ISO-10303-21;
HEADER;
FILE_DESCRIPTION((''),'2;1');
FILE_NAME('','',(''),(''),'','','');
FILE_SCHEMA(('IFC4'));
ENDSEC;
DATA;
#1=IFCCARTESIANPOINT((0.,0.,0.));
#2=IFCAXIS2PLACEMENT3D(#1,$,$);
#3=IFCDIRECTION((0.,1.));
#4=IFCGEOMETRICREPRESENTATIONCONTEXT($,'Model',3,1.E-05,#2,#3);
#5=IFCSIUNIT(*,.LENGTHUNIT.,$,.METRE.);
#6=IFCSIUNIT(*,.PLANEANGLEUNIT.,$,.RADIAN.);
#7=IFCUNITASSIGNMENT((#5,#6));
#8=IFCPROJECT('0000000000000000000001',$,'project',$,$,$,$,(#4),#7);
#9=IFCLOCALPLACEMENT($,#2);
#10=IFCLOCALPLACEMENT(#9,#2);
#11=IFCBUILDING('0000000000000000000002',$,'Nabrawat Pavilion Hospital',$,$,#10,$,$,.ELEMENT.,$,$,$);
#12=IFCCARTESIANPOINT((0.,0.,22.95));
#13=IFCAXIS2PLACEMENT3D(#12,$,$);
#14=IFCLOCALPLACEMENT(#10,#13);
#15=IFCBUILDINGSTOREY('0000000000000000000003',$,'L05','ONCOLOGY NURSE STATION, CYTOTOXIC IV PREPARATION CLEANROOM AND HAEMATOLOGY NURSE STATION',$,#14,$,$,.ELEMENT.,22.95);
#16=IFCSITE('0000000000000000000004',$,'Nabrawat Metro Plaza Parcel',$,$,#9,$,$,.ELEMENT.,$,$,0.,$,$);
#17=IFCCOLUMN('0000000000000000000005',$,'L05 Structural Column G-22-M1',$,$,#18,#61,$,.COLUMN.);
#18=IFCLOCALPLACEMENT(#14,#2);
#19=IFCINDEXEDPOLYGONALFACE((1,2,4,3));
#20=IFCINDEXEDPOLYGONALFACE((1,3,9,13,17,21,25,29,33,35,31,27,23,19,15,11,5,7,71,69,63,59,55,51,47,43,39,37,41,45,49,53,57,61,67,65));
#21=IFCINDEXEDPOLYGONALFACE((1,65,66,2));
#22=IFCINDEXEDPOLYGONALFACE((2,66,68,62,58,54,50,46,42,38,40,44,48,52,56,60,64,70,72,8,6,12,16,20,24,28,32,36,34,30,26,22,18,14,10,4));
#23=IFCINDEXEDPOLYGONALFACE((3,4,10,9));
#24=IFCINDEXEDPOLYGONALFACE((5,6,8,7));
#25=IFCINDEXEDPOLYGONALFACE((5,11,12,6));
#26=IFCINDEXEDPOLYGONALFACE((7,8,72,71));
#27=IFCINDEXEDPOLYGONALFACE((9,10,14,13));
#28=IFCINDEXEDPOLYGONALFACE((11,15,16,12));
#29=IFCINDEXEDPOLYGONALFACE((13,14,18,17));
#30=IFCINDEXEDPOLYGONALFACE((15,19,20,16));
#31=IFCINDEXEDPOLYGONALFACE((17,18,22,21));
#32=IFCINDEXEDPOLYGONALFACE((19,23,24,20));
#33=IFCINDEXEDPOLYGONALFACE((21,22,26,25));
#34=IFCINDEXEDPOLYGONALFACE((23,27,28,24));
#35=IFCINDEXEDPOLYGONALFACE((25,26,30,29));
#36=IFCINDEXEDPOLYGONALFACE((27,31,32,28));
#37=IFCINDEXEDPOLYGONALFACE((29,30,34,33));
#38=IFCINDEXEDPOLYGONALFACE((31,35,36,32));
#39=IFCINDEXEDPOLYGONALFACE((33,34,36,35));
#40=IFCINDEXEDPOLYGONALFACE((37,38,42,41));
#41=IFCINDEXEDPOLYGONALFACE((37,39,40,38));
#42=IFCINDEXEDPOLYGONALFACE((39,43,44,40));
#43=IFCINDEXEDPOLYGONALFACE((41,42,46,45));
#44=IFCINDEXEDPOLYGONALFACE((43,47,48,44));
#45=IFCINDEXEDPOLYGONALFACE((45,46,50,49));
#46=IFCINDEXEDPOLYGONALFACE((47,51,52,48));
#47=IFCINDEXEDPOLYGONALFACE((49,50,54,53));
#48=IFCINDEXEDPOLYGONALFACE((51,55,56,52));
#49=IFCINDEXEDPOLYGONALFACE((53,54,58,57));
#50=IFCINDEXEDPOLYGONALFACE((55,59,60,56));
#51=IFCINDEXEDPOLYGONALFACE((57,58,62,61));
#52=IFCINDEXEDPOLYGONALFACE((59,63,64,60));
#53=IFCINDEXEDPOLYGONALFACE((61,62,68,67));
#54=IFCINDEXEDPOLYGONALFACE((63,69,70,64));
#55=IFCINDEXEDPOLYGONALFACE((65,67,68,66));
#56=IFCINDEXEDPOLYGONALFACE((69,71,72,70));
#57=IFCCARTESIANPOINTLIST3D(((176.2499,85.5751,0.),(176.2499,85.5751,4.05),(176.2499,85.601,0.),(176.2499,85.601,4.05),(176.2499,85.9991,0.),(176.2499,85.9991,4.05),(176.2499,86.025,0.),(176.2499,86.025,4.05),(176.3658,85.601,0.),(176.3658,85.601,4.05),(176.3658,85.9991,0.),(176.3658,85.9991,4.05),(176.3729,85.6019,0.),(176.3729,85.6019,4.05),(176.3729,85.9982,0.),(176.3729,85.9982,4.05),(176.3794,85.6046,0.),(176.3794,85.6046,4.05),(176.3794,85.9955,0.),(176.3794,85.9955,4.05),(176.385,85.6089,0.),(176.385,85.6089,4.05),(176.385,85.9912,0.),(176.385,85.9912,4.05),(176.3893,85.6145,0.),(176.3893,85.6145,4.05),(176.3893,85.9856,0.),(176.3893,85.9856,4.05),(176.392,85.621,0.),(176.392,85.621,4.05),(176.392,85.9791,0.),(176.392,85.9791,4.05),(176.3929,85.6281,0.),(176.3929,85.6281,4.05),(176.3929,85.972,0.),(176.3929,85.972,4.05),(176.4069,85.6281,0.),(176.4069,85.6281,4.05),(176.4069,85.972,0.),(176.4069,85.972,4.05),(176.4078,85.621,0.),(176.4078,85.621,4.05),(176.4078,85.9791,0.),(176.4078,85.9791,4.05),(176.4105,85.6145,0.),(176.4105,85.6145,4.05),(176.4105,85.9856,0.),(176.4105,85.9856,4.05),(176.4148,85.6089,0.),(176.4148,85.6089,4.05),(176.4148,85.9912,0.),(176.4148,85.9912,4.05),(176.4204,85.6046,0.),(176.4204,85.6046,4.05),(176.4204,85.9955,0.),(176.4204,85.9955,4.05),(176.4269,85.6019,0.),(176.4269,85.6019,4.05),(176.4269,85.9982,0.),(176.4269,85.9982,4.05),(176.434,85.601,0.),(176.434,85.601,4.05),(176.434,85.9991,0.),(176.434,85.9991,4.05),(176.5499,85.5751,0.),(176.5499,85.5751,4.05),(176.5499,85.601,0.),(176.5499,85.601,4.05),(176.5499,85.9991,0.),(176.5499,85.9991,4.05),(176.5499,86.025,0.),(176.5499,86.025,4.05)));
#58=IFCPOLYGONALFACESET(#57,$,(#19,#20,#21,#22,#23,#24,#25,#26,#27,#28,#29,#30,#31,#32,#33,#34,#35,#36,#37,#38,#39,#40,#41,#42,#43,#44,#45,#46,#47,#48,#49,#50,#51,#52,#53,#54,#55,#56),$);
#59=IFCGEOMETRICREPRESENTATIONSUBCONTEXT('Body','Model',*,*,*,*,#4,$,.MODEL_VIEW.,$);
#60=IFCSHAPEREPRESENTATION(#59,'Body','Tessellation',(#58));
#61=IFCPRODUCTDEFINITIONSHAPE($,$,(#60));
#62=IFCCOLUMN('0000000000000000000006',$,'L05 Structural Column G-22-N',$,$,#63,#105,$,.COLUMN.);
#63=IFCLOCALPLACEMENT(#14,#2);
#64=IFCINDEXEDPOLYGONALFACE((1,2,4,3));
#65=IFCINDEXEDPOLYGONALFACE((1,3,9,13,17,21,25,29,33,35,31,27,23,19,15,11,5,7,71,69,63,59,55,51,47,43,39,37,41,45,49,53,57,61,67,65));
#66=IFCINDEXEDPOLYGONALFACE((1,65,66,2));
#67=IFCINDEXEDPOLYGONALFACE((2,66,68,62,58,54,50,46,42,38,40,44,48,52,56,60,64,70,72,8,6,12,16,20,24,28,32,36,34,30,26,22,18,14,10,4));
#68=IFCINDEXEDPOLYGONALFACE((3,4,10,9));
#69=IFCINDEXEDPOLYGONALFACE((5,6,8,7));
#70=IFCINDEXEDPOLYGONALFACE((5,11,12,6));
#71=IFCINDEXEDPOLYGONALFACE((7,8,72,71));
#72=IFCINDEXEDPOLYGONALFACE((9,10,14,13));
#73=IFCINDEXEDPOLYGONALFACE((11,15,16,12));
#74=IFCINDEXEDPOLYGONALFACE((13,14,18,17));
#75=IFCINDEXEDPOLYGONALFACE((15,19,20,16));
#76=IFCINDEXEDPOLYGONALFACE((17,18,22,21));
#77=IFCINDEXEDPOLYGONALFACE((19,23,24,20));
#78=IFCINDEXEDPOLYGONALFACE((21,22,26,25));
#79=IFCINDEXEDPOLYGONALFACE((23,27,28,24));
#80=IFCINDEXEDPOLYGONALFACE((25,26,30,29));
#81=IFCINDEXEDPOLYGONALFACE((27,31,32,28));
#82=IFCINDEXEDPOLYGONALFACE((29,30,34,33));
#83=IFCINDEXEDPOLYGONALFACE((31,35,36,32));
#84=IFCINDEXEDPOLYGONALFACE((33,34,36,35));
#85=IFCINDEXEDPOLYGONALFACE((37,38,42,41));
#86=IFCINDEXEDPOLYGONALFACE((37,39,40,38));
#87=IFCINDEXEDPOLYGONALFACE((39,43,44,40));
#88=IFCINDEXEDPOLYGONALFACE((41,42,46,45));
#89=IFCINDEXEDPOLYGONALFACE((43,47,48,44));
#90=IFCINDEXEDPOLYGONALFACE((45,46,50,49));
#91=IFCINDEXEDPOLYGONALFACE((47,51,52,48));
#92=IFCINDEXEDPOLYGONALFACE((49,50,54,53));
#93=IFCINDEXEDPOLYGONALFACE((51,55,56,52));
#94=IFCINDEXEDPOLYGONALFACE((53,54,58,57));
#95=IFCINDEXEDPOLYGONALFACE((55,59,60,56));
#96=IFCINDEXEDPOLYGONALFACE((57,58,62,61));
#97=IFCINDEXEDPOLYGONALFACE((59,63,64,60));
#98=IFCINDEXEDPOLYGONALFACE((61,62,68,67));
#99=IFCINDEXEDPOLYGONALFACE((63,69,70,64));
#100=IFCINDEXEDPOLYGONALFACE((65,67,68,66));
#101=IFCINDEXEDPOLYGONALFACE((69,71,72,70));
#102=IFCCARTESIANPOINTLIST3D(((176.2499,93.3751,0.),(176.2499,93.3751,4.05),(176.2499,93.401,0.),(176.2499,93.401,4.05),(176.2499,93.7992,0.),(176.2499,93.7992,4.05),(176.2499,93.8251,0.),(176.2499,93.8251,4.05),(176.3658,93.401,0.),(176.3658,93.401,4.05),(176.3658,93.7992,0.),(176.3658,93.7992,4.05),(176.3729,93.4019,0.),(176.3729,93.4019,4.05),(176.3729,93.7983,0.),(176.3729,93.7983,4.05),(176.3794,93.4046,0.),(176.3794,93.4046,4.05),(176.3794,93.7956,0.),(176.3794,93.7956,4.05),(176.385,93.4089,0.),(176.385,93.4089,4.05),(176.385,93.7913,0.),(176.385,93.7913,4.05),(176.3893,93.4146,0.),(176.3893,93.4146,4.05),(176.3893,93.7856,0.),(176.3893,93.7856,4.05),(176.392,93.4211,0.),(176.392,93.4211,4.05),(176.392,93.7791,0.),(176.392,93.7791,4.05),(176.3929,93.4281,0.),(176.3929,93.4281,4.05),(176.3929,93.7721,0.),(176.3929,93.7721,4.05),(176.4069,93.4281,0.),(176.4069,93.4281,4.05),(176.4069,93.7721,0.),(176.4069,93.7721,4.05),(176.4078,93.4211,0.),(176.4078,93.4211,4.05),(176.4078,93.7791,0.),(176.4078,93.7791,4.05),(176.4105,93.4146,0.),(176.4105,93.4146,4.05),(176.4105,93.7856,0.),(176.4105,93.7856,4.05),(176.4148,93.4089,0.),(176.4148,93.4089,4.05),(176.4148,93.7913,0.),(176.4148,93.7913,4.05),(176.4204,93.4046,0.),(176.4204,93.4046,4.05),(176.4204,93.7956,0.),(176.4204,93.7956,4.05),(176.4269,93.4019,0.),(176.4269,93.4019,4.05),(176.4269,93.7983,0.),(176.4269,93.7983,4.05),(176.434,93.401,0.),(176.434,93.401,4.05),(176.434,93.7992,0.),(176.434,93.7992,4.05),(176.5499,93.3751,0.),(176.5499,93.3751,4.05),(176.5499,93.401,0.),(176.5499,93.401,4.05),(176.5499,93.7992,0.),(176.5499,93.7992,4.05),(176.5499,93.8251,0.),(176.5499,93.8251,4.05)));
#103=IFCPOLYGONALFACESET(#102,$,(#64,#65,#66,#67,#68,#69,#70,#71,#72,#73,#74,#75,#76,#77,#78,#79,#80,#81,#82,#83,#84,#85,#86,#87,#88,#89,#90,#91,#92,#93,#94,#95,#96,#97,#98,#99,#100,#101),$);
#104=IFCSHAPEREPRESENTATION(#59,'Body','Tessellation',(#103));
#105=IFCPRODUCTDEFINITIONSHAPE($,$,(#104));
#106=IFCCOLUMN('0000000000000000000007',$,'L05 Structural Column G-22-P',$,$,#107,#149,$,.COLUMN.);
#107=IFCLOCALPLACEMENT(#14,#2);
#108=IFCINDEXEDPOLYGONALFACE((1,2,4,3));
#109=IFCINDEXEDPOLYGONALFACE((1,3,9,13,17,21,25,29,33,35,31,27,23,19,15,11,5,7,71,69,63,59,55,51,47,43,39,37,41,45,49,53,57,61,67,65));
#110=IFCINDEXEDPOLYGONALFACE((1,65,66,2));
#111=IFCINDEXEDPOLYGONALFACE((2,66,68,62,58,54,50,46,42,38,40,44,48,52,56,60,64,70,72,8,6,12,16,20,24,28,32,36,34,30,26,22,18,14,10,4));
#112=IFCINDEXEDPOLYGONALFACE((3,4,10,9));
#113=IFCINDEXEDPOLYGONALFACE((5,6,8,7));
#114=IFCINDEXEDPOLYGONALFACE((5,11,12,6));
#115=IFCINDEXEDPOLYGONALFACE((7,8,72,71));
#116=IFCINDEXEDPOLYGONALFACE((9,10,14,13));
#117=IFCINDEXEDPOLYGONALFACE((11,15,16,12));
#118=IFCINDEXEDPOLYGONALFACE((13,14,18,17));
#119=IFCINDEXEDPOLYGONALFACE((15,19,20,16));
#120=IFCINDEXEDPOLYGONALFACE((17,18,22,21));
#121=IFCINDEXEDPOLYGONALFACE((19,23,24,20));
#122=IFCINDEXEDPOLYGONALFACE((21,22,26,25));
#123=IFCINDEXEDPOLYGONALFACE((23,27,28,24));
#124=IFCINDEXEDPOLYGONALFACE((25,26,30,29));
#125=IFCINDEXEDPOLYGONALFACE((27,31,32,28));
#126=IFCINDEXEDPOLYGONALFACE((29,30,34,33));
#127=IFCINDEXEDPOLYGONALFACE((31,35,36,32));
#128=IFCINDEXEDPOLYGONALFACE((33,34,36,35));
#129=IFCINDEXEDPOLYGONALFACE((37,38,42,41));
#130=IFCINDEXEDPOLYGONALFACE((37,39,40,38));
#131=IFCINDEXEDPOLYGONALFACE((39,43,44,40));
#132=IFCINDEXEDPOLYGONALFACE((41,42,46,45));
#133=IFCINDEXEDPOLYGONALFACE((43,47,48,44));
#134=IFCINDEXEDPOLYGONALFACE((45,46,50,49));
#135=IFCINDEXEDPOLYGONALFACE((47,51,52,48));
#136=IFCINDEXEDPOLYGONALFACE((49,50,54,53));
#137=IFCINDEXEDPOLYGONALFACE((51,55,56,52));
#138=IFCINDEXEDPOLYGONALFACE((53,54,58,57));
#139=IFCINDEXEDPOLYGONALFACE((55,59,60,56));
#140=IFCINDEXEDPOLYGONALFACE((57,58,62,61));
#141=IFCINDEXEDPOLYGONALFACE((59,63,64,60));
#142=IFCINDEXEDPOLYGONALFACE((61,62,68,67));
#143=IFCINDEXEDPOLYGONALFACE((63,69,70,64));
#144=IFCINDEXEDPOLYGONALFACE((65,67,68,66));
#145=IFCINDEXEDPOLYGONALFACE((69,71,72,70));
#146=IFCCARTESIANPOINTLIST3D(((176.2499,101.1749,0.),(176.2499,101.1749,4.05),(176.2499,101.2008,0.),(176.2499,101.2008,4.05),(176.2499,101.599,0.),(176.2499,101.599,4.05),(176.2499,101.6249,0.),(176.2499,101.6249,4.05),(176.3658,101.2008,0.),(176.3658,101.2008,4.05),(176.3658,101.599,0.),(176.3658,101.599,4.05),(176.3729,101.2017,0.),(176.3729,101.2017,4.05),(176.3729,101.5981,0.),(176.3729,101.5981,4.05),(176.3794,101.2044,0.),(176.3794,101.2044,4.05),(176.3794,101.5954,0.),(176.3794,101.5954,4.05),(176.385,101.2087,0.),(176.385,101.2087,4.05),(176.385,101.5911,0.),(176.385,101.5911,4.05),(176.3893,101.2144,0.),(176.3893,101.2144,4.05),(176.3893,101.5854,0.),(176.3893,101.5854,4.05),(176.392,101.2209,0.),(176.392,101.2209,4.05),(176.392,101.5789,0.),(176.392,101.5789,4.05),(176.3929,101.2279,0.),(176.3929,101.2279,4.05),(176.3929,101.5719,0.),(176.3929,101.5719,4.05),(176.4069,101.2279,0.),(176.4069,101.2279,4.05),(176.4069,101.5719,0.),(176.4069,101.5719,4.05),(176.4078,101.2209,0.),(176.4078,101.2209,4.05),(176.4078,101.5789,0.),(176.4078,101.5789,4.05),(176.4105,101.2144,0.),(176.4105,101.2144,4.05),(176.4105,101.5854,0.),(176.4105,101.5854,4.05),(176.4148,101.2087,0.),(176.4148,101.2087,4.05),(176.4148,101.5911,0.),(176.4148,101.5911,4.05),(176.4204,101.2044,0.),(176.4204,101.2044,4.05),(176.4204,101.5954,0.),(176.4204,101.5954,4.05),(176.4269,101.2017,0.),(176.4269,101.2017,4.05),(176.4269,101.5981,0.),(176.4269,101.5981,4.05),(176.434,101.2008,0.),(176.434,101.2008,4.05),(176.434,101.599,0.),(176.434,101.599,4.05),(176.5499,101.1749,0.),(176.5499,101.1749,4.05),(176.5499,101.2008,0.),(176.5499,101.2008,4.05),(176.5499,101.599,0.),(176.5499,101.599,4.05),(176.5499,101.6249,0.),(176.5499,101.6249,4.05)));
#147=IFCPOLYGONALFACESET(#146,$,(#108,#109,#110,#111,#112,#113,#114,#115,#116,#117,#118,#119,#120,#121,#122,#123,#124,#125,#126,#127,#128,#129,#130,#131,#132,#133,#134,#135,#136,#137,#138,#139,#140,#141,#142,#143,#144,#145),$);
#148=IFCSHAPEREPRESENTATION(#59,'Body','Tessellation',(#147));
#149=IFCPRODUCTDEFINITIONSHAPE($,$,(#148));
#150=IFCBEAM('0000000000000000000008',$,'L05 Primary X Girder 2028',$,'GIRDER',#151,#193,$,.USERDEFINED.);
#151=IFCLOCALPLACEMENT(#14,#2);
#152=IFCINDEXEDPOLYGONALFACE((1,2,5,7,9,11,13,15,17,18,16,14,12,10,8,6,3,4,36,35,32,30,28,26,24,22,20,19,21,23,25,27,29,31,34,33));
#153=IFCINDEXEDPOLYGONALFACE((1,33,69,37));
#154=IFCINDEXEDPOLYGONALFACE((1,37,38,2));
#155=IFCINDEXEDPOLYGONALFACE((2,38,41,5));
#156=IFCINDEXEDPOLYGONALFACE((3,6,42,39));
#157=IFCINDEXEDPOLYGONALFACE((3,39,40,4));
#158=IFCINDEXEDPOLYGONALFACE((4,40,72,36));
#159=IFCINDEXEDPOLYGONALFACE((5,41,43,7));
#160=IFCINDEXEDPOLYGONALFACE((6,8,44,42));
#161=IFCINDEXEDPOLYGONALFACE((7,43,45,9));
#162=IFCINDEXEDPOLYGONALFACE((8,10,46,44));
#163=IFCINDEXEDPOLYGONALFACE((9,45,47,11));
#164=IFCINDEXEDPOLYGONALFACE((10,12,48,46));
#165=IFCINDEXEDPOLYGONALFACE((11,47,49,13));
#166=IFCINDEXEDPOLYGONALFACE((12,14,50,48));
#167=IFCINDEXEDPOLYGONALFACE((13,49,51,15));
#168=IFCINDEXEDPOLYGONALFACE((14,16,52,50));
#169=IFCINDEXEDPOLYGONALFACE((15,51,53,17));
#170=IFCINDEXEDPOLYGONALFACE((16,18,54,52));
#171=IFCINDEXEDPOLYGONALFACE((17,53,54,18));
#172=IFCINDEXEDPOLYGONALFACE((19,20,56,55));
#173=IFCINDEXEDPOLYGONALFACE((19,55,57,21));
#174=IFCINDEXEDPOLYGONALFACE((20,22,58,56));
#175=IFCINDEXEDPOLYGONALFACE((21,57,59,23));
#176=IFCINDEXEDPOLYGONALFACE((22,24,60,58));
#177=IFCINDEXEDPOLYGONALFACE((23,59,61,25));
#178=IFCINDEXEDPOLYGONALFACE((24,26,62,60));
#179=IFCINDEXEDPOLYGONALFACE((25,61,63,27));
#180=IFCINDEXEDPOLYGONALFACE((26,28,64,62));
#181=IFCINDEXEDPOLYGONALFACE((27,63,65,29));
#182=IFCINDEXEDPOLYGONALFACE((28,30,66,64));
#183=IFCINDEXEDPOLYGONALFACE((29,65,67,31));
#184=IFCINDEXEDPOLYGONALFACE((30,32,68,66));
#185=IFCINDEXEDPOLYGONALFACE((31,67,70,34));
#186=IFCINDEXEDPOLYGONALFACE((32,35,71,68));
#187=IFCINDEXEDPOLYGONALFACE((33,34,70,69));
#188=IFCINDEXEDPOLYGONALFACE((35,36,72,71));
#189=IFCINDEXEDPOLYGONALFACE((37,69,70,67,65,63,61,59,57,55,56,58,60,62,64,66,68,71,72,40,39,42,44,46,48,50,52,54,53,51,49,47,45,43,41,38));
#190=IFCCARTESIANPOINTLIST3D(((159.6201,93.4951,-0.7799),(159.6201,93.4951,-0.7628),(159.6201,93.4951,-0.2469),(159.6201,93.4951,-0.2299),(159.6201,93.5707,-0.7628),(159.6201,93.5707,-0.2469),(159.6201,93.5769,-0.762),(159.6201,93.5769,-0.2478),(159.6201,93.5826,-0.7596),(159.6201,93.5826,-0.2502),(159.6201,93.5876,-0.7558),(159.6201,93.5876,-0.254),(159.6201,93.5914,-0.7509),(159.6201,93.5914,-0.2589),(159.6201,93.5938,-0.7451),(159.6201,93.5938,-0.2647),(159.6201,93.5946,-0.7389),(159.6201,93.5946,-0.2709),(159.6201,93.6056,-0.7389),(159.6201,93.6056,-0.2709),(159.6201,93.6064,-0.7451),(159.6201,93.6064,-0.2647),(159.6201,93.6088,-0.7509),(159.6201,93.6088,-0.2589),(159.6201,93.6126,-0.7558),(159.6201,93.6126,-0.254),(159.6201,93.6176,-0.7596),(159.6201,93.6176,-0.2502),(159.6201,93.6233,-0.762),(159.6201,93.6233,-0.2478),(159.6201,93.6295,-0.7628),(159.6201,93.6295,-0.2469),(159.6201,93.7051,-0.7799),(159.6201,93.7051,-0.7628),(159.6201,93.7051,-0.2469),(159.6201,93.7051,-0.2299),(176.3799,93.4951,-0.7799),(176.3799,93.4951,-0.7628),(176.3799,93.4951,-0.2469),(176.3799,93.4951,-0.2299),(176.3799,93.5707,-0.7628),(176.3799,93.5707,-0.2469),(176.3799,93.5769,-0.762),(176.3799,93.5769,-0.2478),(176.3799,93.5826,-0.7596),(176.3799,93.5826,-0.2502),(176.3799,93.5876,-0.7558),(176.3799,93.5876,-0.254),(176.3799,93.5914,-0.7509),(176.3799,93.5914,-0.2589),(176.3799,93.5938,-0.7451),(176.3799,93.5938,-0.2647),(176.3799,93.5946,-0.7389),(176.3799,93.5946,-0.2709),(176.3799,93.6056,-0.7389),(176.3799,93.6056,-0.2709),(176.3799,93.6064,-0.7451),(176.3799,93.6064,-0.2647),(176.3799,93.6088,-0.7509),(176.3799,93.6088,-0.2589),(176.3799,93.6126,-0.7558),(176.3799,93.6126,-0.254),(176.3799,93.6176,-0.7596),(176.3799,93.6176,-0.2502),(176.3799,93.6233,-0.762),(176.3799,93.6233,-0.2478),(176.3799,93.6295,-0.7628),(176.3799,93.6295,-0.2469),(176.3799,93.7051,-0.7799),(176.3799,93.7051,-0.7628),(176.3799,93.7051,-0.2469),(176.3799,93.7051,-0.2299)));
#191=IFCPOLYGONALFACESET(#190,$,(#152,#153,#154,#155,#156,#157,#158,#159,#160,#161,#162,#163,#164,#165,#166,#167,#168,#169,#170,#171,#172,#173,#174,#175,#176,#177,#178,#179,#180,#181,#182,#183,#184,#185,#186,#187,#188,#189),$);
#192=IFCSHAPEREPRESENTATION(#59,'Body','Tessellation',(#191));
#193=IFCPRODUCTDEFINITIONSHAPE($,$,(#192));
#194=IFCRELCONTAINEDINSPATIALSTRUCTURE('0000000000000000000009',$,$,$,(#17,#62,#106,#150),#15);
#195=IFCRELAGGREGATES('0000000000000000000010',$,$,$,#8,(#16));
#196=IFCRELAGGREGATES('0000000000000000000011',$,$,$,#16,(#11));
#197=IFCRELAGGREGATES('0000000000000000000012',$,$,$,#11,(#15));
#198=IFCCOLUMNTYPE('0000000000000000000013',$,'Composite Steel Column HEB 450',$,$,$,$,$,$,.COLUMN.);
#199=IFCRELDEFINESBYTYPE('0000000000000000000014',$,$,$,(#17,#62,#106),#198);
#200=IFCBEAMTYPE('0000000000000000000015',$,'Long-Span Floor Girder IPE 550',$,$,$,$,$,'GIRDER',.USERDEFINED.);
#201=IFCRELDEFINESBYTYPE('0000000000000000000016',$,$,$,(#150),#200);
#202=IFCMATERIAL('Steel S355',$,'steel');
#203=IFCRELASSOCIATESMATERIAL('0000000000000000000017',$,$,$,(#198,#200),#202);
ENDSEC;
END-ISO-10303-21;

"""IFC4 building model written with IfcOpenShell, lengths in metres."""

from ifc_helpers import new_model, si_unit, direction, frame, origin, origin_2d, place, context, subcontext, project, spatial, i_section, extrude, material, material_profile, profile_set, type_object, element, save


model = new_model("IFC4")

# Units and contexts
model_context = context("Model", 3, precision=1e-05, world=origin(), true_north=direction((0.0, 1.0)))
body_context = subcontext(model_context, "Body", "Model", "MODEL_VIEW")
ifc_project = project(units=[si_unit("LENGTHUNIT", "METRE"), si_unit("PLANEANGLEUNIT", "RADIAN")], contexts=[model_context])

# Site, building, storey
site_placement = place(None, origin())
site = spatial("IfcSite", under=ifc_project, at=site_placement, Name="Nabrawat Metro Plaza Parcel", CompositionType="ELEMENT", RefElevation=0.0)
building_placement = place(site_placement, origin())
building = spatial("IfcBuilding", under=site, at=building_placement, Name="Nabrawat Pavilion Hospital", CompositionType="ELEMENT")
storey_placement = place(building_placement, frame((0.0, 0.0, 22.95)))
storey = spatial("IfcBuildingStorey", under=building, at=storey_placement, Name="L05", Description="ONCOLOGY NURSE STATION, CYTOTOXIC IV PREPARATION CLEANROOM AND HAEMATOLOGY NURSE STATION", CompositionType="ELEMENT", Elevation=22.95)

# Columns
ifc_material_1 = material(Name="Steel S355", Category="steel")
ifc_material_profile_1 = material_profile(ifc_material_1, i_section(OverallWidth=0.3, OverallDepth=0.45, WebThickness=0.0139, FlangeThickness=0.0259, FilletRadius=0.0271, at=origin_2d()), Name="HEB 450")
ifc_profile_set_1 = profile_set([ifc_material_profile_1], Name="Steel S355")
column_type = type_object("IfcColumnType", Name="Composite Steel Column HEB 450", PredefinedType="COLUMN", material=ifc_profile_set_1)
for number, where, z_axis, x_axis, name in (
    (1, (176.3999, 85.8, 0.0), (0.0, 0.0, 1.0), (1.0, 0.0, 0.0), "L05 Structural Column G-22-M1"),
    (2, (176.3999, 93.6001, 0.0), (0.0, 0.0, 1.0), (1.0, 0.0, 0.0), "L05 Structural Column G-22-N"),
    (3, (176.3999, 101.3999, 0.0), (0.0, 0.0, 1.0), (1.0, 0.0, 0.0), "L05 Structural Column G-22-P"),
):
    element("IfcColumn", number, at=place(storey_placement, frame(where, z_axis=z_axis, x_axis=x_axis)), inside=storey, type_object=column_type, Name=name, PredefinedType="COLUMN", context=body_context, shape_type="SweptSolid", body=[
        extrude(i_section(OverallWidth=0.3, OverallDepth=0.45, WebThickness=0.0139, FlangeThickness=0.0259, FilletRadius=0.0271, at=origin_2d()), origin(), (0.0, 0.0, 1.0), 4.05),
    ])

# Beam
ifc_material_profile_2 = material_profile(ifc_material_1, i_section(OverallWidth=0.21, OverallDepth=0.55, WebThickness=0.011, FlangeThickness=0.0171, FilletRadius=0.0239, at=origin_2d()), Name="IPE 550")
ifc_profile_set_2 = profile_set([ifc_material_profile_2], Name="Steel S355")
beam_type_1 = type_object("IfcBeamType", Name="Long-Span Floor Girder IPE 550", ElementType="GIRDER", PredefinedType="USERDEFINED", material=ifc_profile_set_2)
for number, where, z_axis, x_axis, name in (
    (4, (159.6201, 93.6001, -0.5049), (1.0, 0.0, 0.0), (0.0, 1.0, 0.0), "L05 Primary X Girder 2028"),
):
    element("IfcBeam", number, at=place(storey_placement, frame(where, z_axis=z_axis, x_axis=x_axis)), inside=storey, type_object=beam_type_1, Name=name, ObjectType="GIRDER", PredefinedType="USERDEFINED", context=body_context, shape_type="SweptSolid", body=[
        extrude(i_section(OverallWidth=0.21, OverallDepth=0.55, WebThickness=0.011, FlangeThickness=0.0171, FilletRadius=0.0239, at=origin_2d()), origin(), (0.0, 0.0, 1.0), 16.7598),
    ])

save(model, "model.ifc")
